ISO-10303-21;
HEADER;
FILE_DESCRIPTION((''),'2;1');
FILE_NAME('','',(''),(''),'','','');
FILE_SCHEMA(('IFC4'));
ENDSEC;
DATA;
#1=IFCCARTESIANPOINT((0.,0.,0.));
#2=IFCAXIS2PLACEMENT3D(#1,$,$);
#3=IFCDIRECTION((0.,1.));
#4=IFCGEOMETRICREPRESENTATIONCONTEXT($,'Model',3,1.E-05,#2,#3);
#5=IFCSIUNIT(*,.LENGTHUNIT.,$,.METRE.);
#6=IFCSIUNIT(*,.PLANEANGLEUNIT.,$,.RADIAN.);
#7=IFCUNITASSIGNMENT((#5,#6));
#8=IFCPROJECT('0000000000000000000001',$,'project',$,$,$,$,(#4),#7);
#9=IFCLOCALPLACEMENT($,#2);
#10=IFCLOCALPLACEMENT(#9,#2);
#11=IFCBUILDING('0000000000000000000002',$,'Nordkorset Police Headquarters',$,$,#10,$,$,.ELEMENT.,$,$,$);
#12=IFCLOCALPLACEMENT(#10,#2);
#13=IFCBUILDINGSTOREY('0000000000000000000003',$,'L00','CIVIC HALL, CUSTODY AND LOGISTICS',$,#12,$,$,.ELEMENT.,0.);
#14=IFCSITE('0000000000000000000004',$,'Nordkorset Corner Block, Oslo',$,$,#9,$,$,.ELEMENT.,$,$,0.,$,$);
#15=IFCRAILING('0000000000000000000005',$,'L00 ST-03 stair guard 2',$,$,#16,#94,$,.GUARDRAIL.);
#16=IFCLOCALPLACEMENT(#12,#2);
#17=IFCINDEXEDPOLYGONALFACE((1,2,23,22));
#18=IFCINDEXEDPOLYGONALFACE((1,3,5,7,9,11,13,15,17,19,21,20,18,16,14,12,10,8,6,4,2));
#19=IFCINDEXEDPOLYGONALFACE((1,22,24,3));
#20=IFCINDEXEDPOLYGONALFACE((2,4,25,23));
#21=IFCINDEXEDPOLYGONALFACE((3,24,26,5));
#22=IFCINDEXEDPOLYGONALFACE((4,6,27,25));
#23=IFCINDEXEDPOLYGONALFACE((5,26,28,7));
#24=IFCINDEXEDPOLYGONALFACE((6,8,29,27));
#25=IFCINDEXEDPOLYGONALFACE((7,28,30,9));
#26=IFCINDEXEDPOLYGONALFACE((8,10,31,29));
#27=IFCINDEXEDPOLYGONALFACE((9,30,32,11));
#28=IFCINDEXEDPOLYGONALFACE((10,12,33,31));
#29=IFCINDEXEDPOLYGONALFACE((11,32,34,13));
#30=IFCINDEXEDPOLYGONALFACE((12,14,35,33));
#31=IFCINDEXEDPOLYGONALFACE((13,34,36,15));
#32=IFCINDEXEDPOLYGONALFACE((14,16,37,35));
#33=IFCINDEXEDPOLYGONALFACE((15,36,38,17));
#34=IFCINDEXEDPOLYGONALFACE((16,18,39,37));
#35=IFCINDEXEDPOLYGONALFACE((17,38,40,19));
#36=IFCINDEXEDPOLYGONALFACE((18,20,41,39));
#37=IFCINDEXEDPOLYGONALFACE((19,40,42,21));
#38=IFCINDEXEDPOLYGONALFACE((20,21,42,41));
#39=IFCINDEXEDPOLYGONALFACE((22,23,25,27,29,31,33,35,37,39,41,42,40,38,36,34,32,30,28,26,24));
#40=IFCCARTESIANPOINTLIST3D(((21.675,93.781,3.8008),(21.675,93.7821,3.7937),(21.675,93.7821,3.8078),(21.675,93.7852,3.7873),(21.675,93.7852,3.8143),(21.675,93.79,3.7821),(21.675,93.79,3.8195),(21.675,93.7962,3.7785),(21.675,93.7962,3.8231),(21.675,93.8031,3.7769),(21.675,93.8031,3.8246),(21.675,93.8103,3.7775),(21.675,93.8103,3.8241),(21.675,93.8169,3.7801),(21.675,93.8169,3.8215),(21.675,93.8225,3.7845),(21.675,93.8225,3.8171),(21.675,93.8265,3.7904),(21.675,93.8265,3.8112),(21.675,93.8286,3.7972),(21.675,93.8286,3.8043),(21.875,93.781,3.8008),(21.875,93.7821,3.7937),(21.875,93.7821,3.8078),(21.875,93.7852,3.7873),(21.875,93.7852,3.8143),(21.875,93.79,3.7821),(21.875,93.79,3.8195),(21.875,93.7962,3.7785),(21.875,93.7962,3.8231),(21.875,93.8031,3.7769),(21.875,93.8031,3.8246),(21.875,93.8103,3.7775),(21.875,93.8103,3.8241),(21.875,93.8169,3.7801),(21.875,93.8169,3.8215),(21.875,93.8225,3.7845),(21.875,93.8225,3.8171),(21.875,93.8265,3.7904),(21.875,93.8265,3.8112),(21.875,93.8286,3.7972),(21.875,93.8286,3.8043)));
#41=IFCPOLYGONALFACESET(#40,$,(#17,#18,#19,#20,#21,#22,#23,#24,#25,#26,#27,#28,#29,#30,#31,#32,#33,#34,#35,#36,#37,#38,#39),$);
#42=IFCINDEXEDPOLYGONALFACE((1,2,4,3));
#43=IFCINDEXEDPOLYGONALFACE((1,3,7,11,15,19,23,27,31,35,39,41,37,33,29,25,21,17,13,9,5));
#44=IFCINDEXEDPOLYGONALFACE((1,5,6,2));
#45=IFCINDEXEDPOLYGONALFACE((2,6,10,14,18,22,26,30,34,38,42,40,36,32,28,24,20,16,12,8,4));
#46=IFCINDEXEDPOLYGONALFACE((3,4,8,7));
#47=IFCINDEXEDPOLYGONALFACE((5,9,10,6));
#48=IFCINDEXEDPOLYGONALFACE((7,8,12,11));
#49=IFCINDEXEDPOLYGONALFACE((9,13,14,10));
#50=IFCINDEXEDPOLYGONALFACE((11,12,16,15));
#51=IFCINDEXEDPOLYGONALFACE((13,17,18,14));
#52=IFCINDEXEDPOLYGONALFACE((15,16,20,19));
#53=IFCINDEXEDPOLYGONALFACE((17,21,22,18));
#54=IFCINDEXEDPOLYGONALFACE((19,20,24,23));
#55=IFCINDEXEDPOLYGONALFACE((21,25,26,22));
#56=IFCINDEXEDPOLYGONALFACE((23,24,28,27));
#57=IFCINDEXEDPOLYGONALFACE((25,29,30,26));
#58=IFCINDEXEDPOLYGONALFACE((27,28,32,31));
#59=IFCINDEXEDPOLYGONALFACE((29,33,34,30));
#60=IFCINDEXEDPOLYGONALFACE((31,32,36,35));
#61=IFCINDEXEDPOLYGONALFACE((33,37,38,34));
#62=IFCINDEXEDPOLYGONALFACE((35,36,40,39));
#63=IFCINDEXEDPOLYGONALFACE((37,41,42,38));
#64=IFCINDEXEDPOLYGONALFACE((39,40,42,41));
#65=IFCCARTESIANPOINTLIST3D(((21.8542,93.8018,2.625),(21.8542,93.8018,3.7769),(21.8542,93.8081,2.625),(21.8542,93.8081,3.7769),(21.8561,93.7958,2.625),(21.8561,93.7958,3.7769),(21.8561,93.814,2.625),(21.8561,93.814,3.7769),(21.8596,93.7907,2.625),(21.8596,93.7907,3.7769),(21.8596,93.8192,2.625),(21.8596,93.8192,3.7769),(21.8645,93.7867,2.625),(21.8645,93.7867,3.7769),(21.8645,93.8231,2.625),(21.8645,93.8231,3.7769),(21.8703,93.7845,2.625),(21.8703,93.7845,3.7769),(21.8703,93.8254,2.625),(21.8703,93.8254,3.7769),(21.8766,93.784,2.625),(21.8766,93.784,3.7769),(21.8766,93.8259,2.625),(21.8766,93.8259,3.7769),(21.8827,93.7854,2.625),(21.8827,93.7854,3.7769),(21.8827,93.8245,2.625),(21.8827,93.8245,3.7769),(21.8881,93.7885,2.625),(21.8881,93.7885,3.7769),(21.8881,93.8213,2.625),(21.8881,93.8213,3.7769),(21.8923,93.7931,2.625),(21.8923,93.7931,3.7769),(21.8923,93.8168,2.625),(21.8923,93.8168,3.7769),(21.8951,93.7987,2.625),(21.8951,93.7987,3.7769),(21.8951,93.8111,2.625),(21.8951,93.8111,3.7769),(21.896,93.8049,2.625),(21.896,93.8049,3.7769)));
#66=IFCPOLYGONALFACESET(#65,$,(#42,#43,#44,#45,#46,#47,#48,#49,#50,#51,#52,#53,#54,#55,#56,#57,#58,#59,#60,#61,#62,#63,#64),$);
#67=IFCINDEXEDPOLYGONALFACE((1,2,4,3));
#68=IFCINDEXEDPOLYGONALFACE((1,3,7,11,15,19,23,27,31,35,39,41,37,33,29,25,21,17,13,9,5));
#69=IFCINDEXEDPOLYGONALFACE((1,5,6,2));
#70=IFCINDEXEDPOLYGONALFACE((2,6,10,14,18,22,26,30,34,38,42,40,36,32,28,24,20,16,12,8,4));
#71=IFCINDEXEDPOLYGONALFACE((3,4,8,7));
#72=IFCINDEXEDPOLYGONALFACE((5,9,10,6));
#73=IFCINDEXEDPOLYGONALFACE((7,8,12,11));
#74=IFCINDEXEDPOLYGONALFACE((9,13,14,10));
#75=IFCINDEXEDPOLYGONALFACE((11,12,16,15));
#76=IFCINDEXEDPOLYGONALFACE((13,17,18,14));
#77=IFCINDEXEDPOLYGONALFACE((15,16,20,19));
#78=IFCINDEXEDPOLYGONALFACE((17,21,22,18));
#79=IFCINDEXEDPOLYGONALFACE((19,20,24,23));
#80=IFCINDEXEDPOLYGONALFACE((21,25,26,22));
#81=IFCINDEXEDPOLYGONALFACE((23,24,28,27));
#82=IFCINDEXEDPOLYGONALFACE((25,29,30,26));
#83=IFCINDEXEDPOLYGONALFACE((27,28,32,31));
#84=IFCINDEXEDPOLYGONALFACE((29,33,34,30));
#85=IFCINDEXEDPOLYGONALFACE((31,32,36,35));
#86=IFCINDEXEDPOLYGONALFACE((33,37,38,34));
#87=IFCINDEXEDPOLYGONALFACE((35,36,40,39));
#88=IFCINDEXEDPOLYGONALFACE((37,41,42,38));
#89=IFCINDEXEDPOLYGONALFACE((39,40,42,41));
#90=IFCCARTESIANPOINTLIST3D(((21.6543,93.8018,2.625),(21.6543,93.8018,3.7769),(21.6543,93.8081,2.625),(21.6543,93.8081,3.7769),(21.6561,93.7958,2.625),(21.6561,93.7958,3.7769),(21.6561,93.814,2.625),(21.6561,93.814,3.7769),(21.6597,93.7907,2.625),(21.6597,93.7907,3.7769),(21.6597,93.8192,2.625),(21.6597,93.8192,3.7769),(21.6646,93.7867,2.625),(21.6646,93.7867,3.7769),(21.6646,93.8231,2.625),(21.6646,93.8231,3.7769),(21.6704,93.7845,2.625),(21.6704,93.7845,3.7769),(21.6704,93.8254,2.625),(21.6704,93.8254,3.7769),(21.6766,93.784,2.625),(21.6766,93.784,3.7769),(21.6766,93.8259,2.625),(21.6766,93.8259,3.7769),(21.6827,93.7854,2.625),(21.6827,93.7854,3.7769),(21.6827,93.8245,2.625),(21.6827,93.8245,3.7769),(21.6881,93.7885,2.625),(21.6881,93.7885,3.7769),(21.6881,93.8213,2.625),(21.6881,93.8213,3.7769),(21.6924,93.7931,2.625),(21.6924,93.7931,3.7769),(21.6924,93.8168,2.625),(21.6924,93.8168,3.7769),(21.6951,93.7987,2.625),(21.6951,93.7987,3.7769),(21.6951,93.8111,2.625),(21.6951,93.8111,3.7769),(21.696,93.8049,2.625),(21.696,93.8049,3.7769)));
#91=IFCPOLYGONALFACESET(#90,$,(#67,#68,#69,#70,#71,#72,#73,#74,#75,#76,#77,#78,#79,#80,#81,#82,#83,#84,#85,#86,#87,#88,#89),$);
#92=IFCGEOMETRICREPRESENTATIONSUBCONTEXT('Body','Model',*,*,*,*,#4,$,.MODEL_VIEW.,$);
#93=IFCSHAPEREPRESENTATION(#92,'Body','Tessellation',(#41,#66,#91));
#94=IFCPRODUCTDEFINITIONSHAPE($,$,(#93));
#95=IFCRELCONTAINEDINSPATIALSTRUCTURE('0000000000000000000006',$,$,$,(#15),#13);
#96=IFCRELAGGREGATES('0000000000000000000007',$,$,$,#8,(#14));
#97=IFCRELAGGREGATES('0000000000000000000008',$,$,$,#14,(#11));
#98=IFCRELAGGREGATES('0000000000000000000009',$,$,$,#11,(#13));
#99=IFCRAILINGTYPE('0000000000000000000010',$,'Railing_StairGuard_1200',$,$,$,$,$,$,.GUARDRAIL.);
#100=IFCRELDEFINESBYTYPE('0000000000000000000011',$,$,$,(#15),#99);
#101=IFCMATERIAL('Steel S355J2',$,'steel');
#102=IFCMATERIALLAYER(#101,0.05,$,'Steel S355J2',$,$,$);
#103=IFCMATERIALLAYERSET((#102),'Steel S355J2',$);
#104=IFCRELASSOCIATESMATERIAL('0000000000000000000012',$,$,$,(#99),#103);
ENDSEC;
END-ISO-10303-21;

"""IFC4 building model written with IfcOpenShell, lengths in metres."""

from ifc_helpers import new_model, si_unit, direction, frame, origin, origin_2d, place, context, subcontext, project, spatial, circle, extrude, material, layer, layer_set, type_object, element, save


model = new_model("IFC4")

# Units and contexts
model_context = context("Model", 3, precision=1e-05, world=origin(), true_north=direction((0.0, 1.0)))
body_context = subcontext(model_context, "Body", "Model", "MODEL_VIEW")
ifc_project = project(units=[si_unit("LENGTHUNIT", "METRE"), si_unit("PLANEANGLEUNIT", "RADIAN")], contexts=[model_context])

# Site, building, storey
site_placement = place(None, origin())
site = spatial("IfcSite", under=ifc_project, at=site_placement, Name="Nordkorset Corner Block, Oslo", CompositionType="ELEMENT", RefElevation=0.0)
building_placement = place(site_placement, origin())
building = spatial("IfcBuilding", under=site, at=building_placement, Name="Nordkorset Police Headquarters", CompositionType="ELEMENT")
storey_placement = place(building_placement, origin())
storey = spatial("IfcBuildingStorey", under=building, at=storey_placement, Name="L00", Description="CIVIC HALL, CUSTODY AND LOGISTICS", CompositionType="ELEMENT", Elevation=0.0)

# Railing
ifc_material_1 = material(Name="Steel S355J2", Category="steel")
ifc_layer_1 = layer(ifc_material_1, 0.05, Name="Steel S355J2")
ifc_layer_set_1 = layer_set([ifc_layer_1], Name="Steel S355J2")
railing_type_1 = type_object("IfcRailingType", Name="Railing_StairGuard_1200", PredefinedType="GUARDRAIL", material=ifc_layer_set_1)
railing_1_placement = place(storey_placement, frame((21.875, 93.8049, 2.625)))
element("IfcRailing", 1, at=railing_1_placement, inside=storey, type_object=railing_type_1, Name="L00 ST-03 stair guard 2", PredefinedType="GUARDRAIL", context=body_context, shape_type="SweptSolid", body=[
    extrude(circle(Radius=0.0239, at=origin_2d()), frame((0.0, 0.0, 1.1758), z_axis=(-1.0, 0.0, 0.0), x_axis=(0.0, -1.0, 0.0)), (0.0, 0.0, 1.0), 0.2),
    extrude(circle(Radius=0.021, at=origin_2d()), origin(), (0.0, 0.0, 1.0), 1.1519),
    extrude(circle(Radius=0.021, at=origin_2d()), frame((-0.2, 0.0, 0.0)), (0.0, 0.0, 1.0), 1.1519),
])

save(model, "model.ifc")
